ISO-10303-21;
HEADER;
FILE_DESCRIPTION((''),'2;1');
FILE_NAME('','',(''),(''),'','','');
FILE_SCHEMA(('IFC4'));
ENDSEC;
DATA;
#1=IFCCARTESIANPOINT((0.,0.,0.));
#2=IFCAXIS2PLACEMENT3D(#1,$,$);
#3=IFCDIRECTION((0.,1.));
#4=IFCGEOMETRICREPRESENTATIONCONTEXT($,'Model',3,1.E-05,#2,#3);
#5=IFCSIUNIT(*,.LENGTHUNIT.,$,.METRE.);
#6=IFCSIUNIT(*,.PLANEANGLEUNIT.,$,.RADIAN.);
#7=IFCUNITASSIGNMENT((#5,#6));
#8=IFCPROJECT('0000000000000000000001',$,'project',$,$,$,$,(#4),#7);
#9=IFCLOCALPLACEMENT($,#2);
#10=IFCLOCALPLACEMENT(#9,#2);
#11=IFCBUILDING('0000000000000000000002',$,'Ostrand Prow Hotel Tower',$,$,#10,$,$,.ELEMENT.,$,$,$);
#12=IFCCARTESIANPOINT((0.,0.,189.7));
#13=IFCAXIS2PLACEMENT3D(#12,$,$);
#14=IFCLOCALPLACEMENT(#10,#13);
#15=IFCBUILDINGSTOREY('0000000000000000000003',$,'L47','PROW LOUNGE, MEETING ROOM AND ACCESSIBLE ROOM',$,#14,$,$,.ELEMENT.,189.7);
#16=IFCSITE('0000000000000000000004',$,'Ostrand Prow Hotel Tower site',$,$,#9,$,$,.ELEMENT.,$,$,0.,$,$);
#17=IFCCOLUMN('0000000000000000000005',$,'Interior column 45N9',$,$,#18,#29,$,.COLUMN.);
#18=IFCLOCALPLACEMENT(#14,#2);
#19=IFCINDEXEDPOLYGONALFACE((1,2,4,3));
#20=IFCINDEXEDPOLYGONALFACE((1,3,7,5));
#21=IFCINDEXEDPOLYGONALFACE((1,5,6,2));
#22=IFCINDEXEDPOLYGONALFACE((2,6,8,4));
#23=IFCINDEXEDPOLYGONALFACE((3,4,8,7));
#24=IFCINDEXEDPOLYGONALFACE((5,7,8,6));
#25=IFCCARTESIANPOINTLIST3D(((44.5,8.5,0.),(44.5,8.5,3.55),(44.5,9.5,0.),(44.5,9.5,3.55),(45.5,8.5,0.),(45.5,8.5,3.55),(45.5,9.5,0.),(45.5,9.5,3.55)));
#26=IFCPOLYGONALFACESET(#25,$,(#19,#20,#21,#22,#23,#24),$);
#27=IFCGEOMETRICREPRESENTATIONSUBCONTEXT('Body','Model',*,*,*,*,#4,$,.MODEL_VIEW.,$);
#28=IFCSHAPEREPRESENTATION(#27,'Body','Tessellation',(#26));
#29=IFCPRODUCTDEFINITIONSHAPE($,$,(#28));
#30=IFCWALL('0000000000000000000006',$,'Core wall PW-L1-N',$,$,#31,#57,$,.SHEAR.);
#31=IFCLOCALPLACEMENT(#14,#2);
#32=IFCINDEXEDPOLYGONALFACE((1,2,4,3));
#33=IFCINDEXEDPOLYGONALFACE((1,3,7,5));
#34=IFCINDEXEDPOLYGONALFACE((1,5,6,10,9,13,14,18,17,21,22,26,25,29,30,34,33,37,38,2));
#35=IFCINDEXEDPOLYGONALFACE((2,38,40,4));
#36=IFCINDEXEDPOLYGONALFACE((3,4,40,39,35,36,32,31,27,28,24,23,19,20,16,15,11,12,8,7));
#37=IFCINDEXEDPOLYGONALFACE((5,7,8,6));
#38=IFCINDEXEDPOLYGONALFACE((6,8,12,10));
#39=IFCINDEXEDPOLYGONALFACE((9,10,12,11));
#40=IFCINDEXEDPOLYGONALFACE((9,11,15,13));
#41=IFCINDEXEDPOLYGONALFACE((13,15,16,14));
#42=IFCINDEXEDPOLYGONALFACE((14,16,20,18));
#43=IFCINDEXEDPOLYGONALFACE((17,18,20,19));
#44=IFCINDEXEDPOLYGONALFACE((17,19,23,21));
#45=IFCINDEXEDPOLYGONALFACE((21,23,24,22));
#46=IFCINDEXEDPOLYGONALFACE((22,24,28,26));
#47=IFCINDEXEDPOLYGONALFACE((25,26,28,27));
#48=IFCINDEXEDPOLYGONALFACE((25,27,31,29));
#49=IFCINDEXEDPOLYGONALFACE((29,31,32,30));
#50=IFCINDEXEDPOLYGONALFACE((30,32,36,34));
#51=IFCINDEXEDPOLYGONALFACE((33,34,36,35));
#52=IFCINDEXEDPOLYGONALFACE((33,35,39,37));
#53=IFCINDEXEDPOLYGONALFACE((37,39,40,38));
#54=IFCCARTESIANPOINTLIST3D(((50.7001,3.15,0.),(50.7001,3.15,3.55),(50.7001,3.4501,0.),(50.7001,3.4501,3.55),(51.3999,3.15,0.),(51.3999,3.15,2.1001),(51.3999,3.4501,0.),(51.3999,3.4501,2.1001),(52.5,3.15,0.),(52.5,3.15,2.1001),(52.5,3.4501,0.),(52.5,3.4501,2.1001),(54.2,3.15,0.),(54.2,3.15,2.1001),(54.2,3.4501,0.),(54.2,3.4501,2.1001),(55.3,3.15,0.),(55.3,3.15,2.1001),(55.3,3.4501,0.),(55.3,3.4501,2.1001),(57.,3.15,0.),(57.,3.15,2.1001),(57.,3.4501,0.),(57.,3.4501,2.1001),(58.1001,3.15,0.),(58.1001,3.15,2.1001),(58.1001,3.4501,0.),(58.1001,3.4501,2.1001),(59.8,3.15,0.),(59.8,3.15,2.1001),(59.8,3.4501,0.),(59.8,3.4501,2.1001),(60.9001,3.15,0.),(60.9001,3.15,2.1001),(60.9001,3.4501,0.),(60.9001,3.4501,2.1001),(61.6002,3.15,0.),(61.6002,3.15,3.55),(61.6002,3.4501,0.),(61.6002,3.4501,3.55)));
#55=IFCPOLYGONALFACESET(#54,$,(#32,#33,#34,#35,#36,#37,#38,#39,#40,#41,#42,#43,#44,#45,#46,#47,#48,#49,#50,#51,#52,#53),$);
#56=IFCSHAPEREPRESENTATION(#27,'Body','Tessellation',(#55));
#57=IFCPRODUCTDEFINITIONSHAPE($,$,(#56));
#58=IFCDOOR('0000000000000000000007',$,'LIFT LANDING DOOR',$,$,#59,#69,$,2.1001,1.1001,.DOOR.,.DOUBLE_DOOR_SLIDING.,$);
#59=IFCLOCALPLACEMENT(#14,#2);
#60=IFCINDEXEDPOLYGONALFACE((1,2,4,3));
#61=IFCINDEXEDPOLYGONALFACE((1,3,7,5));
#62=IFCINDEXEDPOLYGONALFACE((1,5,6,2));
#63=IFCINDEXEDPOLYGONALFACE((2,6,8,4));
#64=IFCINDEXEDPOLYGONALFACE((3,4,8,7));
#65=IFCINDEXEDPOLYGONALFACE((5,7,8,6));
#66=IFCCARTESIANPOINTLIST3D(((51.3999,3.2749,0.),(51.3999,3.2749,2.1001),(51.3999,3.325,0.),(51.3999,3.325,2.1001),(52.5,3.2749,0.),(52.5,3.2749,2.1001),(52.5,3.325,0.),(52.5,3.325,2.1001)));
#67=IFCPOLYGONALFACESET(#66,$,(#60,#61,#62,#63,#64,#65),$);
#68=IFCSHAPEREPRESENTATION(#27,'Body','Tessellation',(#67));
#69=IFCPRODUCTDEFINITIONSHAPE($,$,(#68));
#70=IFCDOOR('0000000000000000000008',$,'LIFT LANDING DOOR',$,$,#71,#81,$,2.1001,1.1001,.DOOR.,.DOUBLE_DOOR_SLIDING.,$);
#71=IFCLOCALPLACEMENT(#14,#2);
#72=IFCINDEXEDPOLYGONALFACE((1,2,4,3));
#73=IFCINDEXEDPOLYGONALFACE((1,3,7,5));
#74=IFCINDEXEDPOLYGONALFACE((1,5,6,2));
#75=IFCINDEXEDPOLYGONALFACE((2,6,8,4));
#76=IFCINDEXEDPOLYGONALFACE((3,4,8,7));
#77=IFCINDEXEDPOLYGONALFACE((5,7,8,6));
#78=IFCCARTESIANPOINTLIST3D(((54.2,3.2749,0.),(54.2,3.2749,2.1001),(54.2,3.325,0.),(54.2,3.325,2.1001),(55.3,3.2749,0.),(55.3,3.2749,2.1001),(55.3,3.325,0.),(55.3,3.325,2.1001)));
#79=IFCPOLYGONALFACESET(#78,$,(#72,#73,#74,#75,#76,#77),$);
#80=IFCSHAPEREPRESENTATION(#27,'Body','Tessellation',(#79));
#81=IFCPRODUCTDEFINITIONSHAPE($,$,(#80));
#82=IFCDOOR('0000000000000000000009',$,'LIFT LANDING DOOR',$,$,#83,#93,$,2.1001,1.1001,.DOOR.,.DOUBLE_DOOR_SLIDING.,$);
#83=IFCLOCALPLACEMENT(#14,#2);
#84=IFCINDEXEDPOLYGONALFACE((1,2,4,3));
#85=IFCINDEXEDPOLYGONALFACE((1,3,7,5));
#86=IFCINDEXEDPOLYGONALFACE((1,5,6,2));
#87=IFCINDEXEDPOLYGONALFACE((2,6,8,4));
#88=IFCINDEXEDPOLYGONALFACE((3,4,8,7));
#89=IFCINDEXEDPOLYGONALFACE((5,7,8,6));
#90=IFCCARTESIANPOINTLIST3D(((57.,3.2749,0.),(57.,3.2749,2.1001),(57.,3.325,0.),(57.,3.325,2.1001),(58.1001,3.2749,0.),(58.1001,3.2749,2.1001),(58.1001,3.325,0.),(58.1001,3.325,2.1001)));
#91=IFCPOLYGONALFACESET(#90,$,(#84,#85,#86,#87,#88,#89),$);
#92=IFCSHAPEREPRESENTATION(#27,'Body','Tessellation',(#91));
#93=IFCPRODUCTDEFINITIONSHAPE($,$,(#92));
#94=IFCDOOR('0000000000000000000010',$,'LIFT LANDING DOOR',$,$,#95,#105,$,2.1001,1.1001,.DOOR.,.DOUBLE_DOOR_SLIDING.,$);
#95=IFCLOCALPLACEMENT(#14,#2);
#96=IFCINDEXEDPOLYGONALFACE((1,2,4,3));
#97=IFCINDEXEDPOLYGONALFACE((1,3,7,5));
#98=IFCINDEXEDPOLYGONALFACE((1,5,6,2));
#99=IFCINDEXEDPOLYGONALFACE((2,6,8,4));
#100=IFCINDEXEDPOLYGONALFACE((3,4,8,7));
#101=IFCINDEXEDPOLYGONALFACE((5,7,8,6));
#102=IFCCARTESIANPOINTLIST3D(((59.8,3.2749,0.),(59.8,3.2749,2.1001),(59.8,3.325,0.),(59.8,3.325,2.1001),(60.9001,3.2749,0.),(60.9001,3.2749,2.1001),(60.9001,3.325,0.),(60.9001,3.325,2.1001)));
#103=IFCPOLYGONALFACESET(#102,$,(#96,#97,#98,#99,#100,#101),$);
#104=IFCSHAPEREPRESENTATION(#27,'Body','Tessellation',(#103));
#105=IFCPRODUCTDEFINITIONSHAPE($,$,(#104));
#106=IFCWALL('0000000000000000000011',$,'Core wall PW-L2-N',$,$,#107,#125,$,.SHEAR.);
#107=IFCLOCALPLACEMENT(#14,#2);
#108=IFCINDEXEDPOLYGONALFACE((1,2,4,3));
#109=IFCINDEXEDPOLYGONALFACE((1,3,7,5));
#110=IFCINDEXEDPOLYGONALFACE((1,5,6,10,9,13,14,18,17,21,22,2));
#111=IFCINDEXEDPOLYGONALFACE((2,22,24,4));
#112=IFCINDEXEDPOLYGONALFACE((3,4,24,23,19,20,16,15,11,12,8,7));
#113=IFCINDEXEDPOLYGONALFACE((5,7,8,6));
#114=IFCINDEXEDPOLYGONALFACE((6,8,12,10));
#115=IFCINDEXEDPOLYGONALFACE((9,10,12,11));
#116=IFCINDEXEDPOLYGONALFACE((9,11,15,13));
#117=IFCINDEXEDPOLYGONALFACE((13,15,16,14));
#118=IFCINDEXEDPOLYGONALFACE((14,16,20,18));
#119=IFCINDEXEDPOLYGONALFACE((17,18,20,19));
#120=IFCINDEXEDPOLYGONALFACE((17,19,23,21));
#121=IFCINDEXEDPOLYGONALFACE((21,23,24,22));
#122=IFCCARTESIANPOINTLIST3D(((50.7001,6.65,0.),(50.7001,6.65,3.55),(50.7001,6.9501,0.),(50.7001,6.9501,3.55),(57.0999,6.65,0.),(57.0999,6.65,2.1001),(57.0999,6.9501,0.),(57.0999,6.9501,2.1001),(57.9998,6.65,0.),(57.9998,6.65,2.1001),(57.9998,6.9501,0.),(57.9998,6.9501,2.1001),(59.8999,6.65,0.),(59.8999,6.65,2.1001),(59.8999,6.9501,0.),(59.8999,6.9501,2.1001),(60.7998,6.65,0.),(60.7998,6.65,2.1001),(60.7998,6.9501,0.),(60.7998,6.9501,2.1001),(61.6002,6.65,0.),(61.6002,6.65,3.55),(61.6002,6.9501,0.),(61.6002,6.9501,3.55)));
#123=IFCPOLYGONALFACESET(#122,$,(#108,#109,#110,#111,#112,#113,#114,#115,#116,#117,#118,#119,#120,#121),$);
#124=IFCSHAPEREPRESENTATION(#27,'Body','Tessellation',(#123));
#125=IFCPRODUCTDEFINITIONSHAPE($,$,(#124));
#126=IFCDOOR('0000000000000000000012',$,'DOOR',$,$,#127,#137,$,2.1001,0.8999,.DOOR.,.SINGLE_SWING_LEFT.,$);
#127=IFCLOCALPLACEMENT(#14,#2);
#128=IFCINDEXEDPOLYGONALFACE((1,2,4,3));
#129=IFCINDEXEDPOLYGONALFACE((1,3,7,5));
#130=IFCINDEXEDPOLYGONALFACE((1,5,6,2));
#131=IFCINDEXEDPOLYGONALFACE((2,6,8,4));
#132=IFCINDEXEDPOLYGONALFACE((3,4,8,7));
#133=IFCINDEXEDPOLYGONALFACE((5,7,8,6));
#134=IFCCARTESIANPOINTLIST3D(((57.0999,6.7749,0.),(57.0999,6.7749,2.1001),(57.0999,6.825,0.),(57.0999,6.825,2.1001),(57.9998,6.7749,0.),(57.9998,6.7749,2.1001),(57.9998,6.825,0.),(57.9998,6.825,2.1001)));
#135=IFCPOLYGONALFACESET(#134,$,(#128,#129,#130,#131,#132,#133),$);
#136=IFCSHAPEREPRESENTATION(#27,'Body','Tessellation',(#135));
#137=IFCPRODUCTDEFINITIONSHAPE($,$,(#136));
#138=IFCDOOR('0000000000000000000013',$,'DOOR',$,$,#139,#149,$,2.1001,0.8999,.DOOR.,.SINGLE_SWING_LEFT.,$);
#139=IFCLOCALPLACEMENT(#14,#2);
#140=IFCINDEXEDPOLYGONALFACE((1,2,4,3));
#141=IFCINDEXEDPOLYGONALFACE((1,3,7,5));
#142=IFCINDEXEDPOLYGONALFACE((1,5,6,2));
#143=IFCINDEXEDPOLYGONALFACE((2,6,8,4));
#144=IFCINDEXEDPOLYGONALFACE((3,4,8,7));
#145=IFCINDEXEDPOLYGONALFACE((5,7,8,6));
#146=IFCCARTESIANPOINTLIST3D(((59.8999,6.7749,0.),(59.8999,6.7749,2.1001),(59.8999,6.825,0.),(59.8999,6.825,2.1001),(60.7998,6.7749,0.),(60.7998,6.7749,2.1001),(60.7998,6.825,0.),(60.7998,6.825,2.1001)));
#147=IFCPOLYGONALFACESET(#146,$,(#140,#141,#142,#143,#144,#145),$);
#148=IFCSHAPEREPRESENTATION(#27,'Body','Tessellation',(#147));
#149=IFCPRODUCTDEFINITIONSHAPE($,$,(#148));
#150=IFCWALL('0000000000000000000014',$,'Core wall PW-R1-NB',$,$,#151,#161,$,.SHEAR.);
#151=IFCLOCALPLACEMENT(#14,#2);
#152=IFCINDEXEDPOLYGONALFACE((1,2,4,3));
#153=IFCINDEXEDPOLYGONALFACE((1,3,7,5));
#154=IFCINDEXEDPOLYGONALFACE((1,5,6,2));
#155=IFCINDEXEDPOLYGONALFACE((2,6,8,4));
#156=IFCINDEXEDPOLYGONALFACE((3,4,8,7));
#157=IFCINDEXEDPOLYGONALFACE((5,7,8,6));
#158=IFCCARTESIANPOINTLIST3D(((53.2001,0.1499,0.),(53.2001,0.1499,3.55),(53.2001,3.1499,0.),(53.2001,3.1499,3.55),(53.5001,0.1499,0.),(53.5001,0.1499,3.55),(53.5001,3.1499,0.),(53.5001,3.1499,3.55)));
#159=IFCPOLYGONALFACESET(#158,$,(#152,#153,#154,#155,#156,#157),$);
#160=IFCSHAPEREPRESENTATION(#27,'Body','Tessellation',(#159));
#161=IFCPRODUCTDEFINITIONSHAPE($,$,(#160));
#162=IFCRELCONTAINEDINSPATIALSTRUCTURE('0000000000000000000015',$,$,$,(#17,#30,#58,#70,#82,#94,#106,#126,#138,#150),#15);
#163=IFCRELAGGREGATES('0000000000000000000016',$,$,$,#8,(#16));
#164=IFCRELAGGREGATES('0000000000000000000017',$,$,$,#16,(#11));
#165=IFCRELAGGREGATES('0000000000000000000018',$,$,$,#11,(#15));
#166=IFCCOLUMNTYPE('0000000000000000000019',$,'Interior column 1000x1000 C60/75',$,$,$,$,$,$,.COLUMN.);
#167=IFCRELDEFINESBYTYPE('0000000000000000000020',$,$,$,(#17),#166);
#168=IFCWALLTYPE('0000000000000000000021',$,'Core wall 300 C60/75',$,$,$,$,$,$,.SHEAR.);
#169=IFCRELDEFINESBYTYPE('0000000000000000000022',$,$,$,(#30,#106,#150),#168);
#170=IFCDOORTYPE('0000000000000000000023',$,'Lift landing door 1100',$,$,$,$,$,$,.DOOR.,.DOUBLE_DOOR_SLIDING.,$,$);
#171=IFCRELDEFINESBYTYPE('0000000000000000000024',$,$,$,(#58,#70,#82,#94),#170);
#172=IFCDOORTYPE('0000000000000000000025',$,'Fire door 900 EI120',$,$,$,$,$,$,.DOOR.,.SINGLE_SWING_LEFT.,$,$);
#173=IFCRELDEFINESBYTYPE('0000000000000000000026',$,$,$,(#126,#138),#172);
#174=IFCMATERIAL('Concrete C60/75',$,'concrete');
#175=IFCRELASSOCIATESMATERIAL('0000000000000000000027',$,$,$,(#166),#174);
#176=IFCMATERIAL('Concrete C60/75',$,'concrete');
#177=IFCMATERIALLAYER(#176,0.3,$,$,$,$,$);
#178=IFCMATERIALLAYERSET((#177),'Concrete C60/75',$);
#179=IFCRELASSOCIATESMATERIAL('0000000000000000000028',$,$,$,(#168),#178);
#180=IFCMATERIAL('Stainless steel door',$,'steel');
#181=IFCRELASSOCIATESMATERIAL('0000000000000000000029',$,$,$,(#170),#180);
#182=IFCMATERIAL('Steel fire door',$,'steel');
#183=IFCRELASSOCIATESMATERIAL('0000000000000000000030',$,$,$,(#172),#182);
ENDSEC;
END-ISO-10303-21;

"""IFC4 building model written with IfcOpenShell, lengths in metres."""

from ifc_helpers import new_model, si_unit, direction, frame, frame_2d, origin, origin_2d, place, context, subcontext, project, spatial, rectangle, extrude, material, layer, layer_set, material_profile, profile_set, type_object, element, fill, save


model = new_model("IFC4")

# Units and contexts
model_context = context("Model", 3, precision=1e-05, world=origin(), true_north=direction((0.0, 1.0)))
body_context = subcontext(model_context, "Body", "Model", "MODEL_VIEW")
ifc_project = project(units=[si_unit("LENGTHUNIT", "METRE"), si_unit("PLANEANGLEUNIT", "RADIAN")], contexts=[model_context])

# Site, building, storey
site_placement = place(None, origin())
site = spatial("IfcSite", under=ifc_project, at=site_placement, Name="Ostrand Prow Hotel Tower site", CompositionType="ELEMENT", RefElevation=0.0)
building_placement = place(site_placement, origin())
building = spatial("IfcBuilding", under=site, at=building_placement, Name="Ostrand Prow Hotel Tower", CompositionType="ELEMENT")
storey_placement = place(building_placement, frame((0.0, 0.0, 189.7)))
storey = spatial("IfcBuildingStorey", under=building, at=storey_placement, Name="L47", Description="PROW LOUNGE, MEETING ROOM AND ACCESSIBLE ROOM", CompositionType="ELEMENT", Elevation=189.7)

# Column
ifc_material_1 = material(Name="Concrete C60/75", Category="concrete")
ifc_material_profile = material_profile(ifc_material_1, rectangle(XDim=1.0, YDim=1.0, at=origin_2d()), Name="RC 1000x1000")
ifc_profile_set = profile_set([ifc_material_profile], Name="Concrete C60/75")
column_type = type_object("IfcColumnType", Name="Interior column 1000x1000 C60/75", PredefinedType="COLUMN", material=ifc_profile_set)
column_placement = place(storey_placement, frame((45.0, 9.0, 0.0), z_axis=(0.0, 0.0, 1.0), x_axis=(1.0, 0.0, 0.0)))
element("IfcColumn", 1, at=column_placement, inside=storey, type_object=column_type, Name="Interior column 45N9", PredefinedType="COLUMN", context=body_context, shape_type="SweptSolid", body=[
    extrude(rectangle(XDim=1.0, YDim=1.0, at=origin_2d()), origin(), (0.0, 0.0, 1.0), 3.55),
])

# Walls, openings, doors
ifc_material_2 = material(Name="Concrete C60/75", Category="concrete")
ifc_layer_1 = layer(ifc_material_2, 0.3)
ifc_layer_set_1 = layer_set([ifc_layer_1], Name="Concrete C60/75")
wall_type_1 = type_object("IfcWallType", Name="Core wall 300 C60/75", PredefinedType="SHEAR", material=ifc_layer_set_1)
wall_1_placement = place(storey_placement, frame((50.7, 3.3, 0.0), z_axis=(0.0, 0.0, 1.0), x_axis=(1.0, 0.0, 0.0)))
wall_1 = element("IfcWall", 2, at=wall_1_placement, inside=storey, type_object=wall_type_1, Name="Core wall PW-L1-N", PredefinedType="SHEAR", context=body_context, shape_type="SweptSolid", body=[
    extrude(rectangle(XDim=10.9001, YDim=0.3, at=frame_2d((5.4502, 0.0))), origin(), (0.0, 0.0, 1.0), 3.55),
])
opening_1_placement = place(wall_1_placement, frame((0.7, 0.0, 0.0)))
opening_1 = element("IfcOpeningElement", 3, at=opening_1_placement, cuts=wall_1, PredefinedType="OPENING", context=body_context, shape_type="SweptSolid", body=[
    extrude(rectangle(XDim=1.1001, YDim=2.1001, at=frame_2d((0.55, 1.05))), frame((0.0, 0.1599, 0.0), z_axis=(0.0, -1.0, 0.0), x_axis=(1.0, 0.0, 0.0)), (0.0, 0.0, 1.0), 0.3201),
])
opening_2_placement = place(wall_1_placement, frame((3.5, 0.0, 0.0)))
opening_2 = element("IfcOpeningElement", 4, at=opening_2_placement, cuts=wall_1, PredefinedType="OPENING", context=body_context, shape_type="SweptSolid", body=[
    extrude(rectangle(XDim=1.1001, YDim=2.1001, at=frame_2d((0.55, 1.05))), frame((0.0, 0.1599, 0.0), z_axis=(0.0, -1.0, 0.0), x_axis=(1.0, 0.0, 0.0)), (0.0, 0.0, 1.0), 0.3201),
])
opening_3_placement = place(wall_1_placement, frame((6.3, 0.0, 0.0)))
opening_3 = element("IfcOpeningElement", 5, at=opening_3_placement, cuts=wall_1, PredefinedType="OPENING", context=body_context, shape_type="SweptSolid", body=[
    extrude(rectangle(XDim=1.1001, YDim=2.1001, at=frame_2d((0.55, 1.05))), frame((0.0, 0.1599, 0.0), z_axis=(0.0, -1.0, 0.0), x_axis=(1.0, 0.0, 0.0)), (0.0, 0.0, 1.0), 0.3201),
])
opening_4_placement = place(wall_1_placement, frame((9.1001, 0.0, 0.0)))
opening_4 = element("IfcOpeningElement", 6, at=opening_4_placement, cuts=wall_1, PredefinedType="OPENING", context=body_context, shape_type="SweptSolid", body=[
    extrude(rectangle(XDim=1.1001, YDim=2.1001, at=frame_2d((0.55, 1.05))), frame((0.0, 0.1599, 0.0), z_axis=(0.0, -1.0, 0.0), x_axis=(1.0, 0.0, 0.0)), (0.0, 0.0, 1.0), 0.3201),
])
ifc_material_3 = material(Name="Stainless steel door", Category="steel")
door_type_1 = type_object("IfcDoorType", Name="Lift landing door 1100", OperationType="DOUBLE_DOOR_SLIDING", PredefinedType="DOOR", material=ifc_material_3)
door_1_placement = place(opening_1_placement, origin())
door_1 = element("IfcDoor", 7, at=door_1_placement, inside=storey, type_object=door_type_1, Name="LIFT LANDING DOOR", OperationType="DOUBLE_DOOR_SLIDING", OverallHeight=2.1001, OverallWidth=1.1001, PredefinedType="DOOR", context=body_context, shape_type="SweptSolid", body=[
    extrude(rectangle(XDim=1.1001, YDim=2.1001, at=frame_2d((0.55, 1.05))), frame((0.0, 0.0249, 0.0), z_axis=(0.0, -1.0, 0.0), x_axis=(1.0, 0.0, 0.0)), (0.0, 0.0, 1.0), 0.05),
])
fill(opening_1, door_1)
door_2_placement = place(opening_2_placement, origin())
door_2 = element("IfcDoor", 8, at=door_2_placement, inside=storey, type_object=door_type_1, Name="LIFT LANDING DOOR", OperationType="DOUBLE_DOOR_SLIDING", OverallHeight=2.1001, OverallWidth=1.1001, PredefinedType="DOOR", context=body_context, shape_type="SweptSolid", body=[
    extrude(rectangle(XDim=1.1001, YDim=2.1001, at=frame_2d((0.55, 1.05))), frame((0.0, 0.0249, 0.0), z_axis=(0.0, -1.0, 0.0), x_axis=(1.0, 0.0, 0.0)), (0.0, 0.0, 1.0), 0.05),
])
fill(opening_2, door_2)
door_3_placement = place(opening_3_placement, origin())
door_3 = element("IfcDoor", 9, at=door_3_placement, inside=storey, type_object=door_type_1, Name="LIFT LANDING DOOR", OperationType="DOUBLE_DOOR_SLIDING", OverallHeight=2.1001, OverallWidth=1.1001, PredefinedType="DOOR", context=body_context, shape_type="SweptSolid", body=[
    extrude(rectangle(XDim=1.1001, YDim=2.1001, at=frame_2d((0.55, 1.05))), frame((0.0, 0.0249, 0.0), z_axis=(0.0, -1.0, 0.0), x_axis=(1.0, 0.0, 0.0)), (0.0, 0.0, 1.0), 0.05),
])
fill(opening_3, door_3)
door_4_placement = place(opening_4_placement, origin())
door_4 = element("IfcDoor", 10, at=door_4_placement, inside=storey, type_object=door_type_1, Name="LIFT LANDING DOOR", OperationType="DOUBLE_DOOR_SLIDING", OverallHeight=2.1001, OverallWidth=1.1001, PredefinedType="DOOR", context=body_context, shape_type="SweptSolid", body=[
    extrude(rectangle(XDim=1.1001, YDim=2.1001, at=frame_2d((0.55, 1.05))), frame((0.0, 0.0249, 0.0), z_axis=(0.0, -1.0, 0.0), x_axis=(1.0, 0.0, 0.0)), (0.0, 0.0, 1.0), 0.05),
])
fill(opening_4, door_4)
wall_2_placement = place(storey_placement, frame((50.7, 6.8, 0.0), z_axis=(0.0, 0.0, 1.0), x_axis=(1.0, 0.0, 0.0)))
wall_2 = element("IfcWall", 11, at=wall_2_placement, inside=storey, type_object=wall_type_1, Name="Core wall PW-L2-N", PredefinedType="SHEAR", context=body_context, shape_type="SweptSolid", body=[
    extrude(rectangle(XDim=10.9001, YDim=0.3, at=frame_2d((5.4502, 0.0))), origin(), (0.0, 0.0, 1.0), 3.55),
])
opening_5_placement = place(wall_2_placement, frame((6.3999, 0.0, 0.0)))
opening_5 = element("IfcOpeningElement", 12, at=opening_5_placement, cuts=wall_2, PredefinedType="OPENING", context=body_context, shape_type="SweptSolid", body=[
    extrude(rectangle(XDim=0.8999, YDim=2.1001, at=frame_2d((0.45, 1.05))), frame((0.0, 0.1599, 0.0), z_axis=(0.0, -1.0, 0.0), x_axis=(1.0, 0.0, 0.0)), (0.0, 0.0, 1.0), 0.3201),
])
opening_6_placement = place(wall_2_placement, frame((9.2, 0.0, 0.0)))
opening_6 = element("IfcOpeningElement", 13, at=opening_6_placement, cuts=wall_2, PredefinedType="OPENING", context=body_context, shape_type="SweptSolid", body=[
    extrude(rectangle(XDim=0.8999, YDim=2.1001, at=frame_2d((0.45, 1.05))), frame((0.0, 0.1599, 0.0), z_axis=(0.0, -1.0, 0.0), x_axis=(1.0, 0.0, 0.0)), (0.0, 0.0, 1.0), 0.3201),
])
ifc_material_4 = material(Name="Steel fire door", Category="steel")
door_type_2 = type_object("IfcDoorType", Name="Fire door 900 EI120", OperationType="SINGLE_SWING_LEFT", PredefinedType="DOOR", material=ifc_material_4)
door_5_placement = place(opening_5_placement, origin())
door_5 = element("IfcDoor", 14, at=door_5_placement, inside=storey, type_object=door_type_2, Name="DOOR", OperationType="SINGLE_SWING_LEFT", OverallHeight=2.1001, OverallWidth=0.8999, PredefinedType="DOOR", context=body_context, shape_type="SweptSolid", body=[
    extrude(rectangle(XDim=0.8999, YDim=2.1001, at=frame_2d((0.45, 1.05))), frame((0.0, 0.0249, 0.0), z_axis=(0.0, -1.0, 0.0), x_axis=(1.0, 0.0, 0.0)), (0.0, 0.0, 1.0), 0.05),
])
fill(opening_5, door_5)
door_6_placement = place(opening_6_placement, origin())
door_6 = element("IfcDoor", 15, at=door_6_placement, inside=storey, type_object=door_type_2, Name="DOOR", OperationType="SINGLE_SWING_LEFT", OverallHeight=2.1001, OverallWidth=0.8999, PredefinedType="DOOR", context=body_context, shape_type="SweptSolid", body=[
    extrude(rectangle(XDim=0.8999, YDim=2.1001, at=frame_2d((0.45, 1.05))), frame((0.0, 0.0249, 0.0), z_axis=(0.0, -1.0, 0.0), x_axis=(1.0, 0.0, 0.0)), (0.0, 0.0, 1.0), 0.05),
])
fill(opening_6, door_6)

# Wall
for number, where, z_axis, x_axis, name in (
    (16, (53.3501, 0.1499, 0.0), (0.0, 0.0, 1.0), (0.0, 1.0, 0.0), "Core wall PW-R1-NB"),
):
    element("IfcWall", number, at=place(storey_placement, frame(where, z_axis=z_axis, x_axis=x_axis)), inside=storey, type_object=wall_type_1, Name=name, PredefinedType="SHEAR", context=body_context, shape_type="SweptSolid", body=[
        extrude(rectangle(XDim=3.0, YDim=0.3, at=frame_2d((1.5, 0.0))), origin(), (0.0, 0.0, 1.0), 3.55),
    ])

save(model, "model.ifc")
